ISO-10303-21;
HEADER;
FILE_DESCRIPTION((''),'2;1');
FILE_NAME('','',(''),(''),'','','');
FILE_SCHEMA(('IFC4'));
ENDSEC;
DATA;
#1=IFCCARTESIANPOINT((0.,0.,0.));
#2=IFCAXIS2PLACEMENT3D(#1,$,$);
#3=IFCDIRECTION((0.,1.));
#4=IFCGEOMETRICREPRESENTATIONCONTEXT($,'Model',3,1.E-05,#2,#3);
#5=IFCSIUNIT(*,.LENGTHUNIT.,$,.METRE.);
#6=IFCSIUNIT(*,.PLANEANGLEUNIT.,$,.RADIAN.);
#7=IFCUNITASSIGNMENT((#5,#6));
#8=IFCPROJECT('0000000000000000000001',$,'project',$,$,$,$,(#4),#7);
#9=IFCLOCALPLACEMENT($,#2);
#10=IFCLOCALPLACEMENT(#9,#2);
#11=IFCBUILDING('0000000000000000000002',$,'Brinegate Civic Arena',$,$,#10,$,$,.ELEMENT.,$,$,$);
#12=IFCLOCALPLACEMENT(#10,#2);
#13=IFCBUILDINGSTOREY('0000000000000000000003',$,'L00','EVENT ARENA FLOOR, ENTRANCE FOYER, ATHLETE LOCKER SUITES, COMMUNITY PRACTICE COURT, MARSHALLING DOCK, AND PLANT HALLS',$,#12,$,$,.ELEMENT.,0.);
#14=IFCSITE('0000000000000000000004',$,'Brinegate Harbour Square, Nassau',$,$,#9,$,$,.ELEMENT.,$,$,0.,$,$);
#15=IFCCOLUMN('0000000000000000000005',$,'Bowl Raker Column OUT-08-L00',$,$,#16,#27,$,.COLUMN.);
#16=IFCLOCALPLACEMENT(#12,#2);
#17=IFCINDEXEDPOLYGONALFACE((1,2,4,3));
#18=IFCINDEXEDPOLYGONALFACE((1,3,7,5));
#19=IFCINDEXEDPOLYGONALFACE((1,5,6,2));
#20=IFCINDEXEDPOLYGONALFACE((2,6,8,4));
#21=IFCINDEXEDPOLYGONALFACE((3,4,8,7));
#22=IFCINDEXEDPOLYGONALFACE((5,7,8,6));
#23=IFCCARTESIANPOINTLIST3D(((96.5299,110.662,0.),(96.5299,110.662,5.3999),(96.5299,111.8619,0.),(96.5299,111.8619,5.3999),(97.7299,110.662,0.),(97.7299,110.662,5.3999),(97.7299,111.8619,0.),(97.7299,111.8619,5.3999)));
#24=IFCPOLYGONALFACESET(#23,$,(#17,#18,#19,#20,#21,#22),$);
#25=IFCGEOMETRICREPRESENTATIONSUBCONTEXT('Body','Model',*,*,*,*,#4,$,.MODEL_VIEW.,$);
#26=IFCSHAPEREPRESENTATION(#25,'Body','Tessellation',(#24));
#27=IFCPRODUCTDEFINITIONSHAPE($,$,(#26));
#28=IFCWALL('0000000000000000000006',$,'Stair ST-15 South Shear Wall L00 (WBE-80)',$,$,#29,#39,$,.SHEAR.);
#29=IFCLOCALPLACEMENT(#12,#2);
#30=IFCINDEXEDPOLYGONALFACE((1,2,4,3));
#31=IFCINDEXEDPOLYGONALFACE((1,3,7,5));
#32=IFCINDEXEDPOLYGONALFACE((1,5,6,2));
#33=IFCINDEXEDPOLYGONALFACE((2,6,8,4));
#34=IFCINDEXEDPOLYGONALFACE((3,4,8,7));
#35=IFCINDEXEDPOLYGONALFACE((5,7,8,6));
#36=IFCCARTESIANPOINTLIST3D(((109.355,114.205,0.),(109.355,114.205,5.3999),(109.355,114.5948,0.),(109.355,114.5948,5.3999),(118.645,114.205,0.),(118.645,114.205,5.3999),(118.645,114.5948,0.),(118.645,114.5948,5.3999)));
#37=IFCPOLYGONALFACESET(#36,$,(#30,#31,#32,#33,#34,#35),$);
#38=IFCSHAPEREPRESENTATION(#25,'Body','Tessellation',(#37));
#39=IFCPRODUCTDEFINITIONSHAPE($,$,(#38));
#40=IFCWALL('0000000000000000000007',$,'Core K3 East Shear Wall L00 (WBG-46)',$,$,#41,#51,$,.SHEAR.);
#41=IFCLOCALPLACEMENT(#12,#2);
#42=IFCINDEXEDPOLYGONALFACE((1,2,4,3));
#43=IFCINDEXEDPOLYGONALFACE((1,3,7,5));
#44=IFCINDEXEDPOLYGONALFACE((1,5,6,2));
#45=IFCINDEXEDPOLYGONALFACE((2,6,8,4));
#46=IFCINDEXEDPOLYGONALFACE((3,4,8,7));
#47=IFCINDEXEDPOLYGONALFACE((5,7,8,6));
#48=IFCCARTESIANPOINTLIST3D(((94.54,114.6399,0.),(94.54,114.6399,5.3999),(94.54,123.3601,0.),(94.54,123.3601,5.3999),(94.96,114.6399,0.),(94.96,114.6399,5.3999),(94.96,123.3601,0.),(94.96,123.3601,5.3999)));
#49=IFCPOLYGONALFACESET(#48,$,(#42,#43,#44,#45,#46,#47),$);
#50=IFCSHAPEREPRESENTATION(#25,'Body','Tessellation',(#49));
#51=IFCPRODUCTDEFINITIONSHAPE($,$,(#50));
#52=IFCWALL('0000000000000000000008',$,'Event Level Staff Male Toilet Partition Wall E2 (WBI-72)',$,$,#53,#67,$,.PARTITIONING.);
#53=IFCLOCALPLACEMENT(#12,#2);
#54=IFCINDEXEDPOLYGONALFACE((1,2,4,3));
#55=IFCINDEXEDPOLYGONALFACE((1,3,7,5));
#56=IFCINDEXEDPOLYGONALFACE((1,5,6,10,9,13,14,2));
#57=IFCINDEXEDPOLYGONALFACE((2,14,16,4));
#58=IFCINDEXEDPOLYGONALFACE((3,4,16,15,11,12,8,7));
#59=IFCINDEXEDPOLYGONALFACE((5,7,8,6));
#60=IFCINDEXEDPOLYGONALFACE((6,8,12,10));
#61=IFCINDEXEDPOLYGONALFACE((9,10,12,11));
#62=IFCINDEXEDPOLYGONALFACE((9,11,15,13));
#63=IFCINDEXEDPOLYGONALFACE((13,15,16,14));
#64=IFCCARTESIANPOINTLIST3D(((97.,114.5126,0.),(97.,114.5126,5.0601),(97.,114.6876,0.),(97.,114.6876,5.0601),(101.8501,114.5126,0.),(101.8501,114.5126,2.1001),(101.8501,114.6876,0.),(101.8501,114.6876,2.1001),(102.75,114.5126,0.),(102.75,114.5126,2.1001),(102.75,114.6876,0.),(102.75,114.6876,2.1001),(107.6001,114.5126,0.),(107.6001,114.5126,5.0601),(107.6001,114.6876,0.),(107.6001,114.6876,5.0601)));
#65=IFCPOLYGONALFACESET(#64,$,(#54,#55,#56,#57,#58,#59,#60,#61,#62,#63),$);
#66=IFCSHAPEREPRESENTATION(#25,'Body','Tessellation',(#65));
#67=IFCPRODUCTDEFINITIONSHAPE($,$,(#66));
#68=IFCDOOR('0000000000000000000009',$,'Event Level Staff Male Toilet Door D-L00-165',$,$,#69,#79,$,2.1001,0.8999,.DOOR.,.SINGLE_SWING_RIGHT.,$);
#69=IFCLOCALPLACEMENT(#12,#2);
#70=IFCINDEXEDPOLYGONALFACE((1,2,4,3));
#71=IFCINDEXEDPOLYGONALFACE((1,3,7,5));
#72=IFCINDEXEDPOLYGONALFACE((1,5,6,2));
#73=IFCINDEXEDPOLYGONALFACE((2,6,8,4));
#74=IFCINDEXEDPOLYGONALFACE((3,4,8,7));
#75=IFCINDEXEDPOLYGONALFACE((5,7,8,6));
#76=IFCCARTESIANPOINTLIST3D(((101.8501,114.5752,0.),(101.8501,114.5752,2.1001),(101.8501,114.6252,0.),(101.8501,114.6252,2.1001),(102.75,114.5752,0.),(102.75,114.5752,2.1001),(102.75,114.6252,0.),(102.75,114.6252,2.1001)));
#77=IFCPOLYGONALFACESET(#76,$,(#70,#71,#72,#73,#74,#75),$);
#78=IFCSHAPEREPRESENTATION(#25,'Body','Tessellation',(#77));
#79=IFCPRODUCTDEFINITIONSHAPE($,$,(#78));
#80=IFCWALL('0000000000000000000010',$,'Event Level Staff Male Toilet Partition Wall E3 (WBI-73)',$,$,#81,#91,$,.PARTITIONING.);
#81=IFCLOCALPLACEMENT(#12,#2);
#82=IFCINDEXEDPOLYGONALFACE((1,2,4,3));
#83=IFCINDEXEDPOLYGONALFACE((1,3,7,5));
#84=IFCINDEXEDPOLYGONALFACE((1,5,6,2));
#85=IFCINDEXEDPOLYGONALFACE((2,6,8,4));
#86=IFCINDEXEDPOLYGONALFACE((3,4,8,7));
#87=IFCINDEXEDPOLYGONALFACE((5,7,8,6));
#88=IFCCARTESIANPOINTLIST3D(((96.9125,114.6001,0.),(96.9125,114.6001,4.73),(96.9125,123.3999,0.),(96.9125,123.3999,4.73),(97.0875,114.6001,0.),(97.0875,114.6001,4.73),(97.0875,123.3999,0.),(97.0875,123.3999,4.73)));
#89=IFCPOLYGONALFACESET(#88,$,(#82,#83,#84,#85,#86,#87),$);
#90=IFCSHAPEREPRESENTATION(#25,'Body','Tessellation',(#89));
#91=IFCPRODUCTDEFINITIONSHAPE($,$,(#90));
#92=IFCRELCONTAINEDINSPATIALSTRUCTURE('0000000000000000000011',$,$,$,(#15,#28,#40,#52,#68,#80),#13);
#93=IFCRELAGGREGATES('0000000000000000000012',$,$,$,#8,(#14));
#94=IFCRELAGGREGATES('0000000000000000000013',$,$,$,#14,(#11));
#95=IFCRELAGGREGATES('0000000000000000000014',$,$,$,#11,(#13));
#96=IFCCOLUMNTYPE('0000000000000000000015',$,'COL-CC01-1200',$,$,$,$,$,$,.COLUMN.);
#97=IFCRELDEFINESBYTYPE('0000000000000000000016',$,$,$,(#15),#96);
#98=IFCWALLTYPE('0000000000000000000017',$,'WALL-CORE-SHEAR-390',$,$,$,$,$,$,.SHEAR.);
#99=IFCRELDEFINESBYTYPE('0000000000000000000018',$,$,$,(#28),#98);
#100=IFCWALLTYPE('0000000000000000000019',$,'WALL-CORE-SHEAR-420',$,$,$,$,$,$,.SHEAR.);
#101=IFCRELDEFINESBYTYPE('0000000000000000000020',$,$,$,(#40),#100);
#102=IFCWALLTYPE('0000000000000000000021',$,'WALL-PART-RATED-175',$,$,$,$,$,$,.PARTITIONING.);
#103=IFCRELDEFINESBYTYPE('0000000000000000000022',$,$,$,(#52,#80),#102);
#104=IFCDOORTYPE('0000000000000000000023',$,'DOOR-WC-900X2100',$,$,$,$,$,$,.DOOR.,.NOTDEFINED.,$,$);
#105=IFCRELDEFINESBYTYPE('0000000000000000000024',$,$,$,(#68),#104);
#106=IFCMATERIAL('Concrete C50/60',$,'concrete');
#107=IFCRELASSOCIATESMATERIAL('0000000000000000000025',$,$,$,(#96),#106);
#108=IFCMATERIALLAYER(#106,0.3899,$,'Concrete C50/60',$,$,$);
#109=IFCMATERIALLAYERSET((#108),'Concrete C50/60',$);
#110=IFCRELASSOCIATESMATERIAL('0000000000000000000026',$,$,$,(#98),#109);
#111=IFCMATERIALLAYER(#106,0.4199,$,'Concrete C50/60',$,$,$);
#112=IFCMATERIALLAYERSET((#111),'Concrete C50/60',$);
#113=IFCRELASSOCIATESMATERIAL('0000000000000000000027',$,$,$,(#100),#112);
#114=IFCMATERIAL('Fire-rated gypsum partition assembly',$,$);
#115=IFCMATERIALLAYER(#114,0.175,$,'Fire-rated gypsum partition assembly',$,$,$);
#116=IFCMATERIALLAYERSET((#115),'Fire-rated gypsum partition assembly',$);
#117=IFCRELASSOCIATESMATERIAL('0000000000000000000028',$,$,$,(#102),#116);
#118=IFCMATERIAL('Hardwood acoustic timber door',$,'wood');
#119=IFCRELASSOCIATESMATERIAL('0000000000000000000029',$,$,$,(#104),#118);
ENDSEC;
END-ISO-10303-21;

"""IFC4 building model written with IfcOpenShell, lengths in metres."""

from ifc_helpers import new_model, si_unit, direction, frame, frame_2d, origin, origin_2d, place, context, subcontext, project, spatial, rectangle, extrude, material, layer, layer_set, material_profile, profile_set, type_object, element, fill, save


model = new_model("IFC4")

# Units and contexts
model_context = context("Model", 3, precision=1e-05, world=origin(), true_north=direction((0.0, 1.0)))
body_context = subcontext(model_context, "Body", "Model", "MODEL_VIEW")
ifc_project = project(units=[si_unit("LENGTHUNIT", "METRE"), si_unit("PLANEANGLEUNIT", "RADIAN")], contexts=[model_context])

# Site, building, storey
site_placement = place(None, origin())
site = spatial("IfcSite", under=ifc_project, at=site_placement, Name="Brinegate Harbour Square, Nassau", CompositionType="ELEMENT", RefElevation=0.0)
building_placement = place(site_placement, origin())
building = spatial("IfcBuilding", under=site, at=building_placement, Name="Brinegate Civic Arena", CompositionType="ELEMENT")
storey_placement = place(building_placement, origin())
storey = spatial("IfcBuildingStorey", under=building, at=storey_placement, Name="L00", Description="EVENT ARENA FLOOR, ENTRANCE FOYER, ATHLETE LOCKER SUITES, COMMUNITY PRACTICE COURT, MARSHALLING DOCK, AND PLANT HALLS", CompositionType="ELEMENT", Elevation=0.0)

# Column
ifc_material_1 = material(Name="Concrete C50/60", Category="concrete")
ifc_material_profile_1 = material_profile(ifc_material_1, rectangle(XDim=1.2, YDim=1.2, at=origin_2d()), Name="RC1200X1200")
ifc_profile_set_1 = profile_set([ifc_material_profile_1], Name="Concrete C50/60")
column_type = type_object("IfcColumnType", Name="COL-CC01-1200", PredefinedType="COLUMN", material=ifc_profile_set_1)
for number, where, z_axis, x_axis, name in (
    (1, (97.1299, 111.262, 0.0), (0.0, 0.0, 1.0), (1.0, 0.0, 0.0), "Bowl Raker Column OUT-08-L00"),
):
    element("IfcColumn", number, at=place(storey_placement, frame(where, z_axis=z_axis, x_axis=x_axis)), inside=storey, type_object=column_type, Name=name, PredefinedType="COLUMN", context=body_context, shape_type="SweptSolid", body=[
        extrude(rectangle(XDim=1.2, YDim=1.2, at=origin_2d()), origin(), (0.0, 0.0, 1.0), 5.3999),
    ])

# Walls
ifc_layer_1 = layer(ifc_material_1, 0.3899, Name="Concrete C50/60")
ifc_layer_set_1 = layer_set([ifc_layer_1], Name="Concrete C50/60")
wall_type_1 = type_object("IfcWallType", Name="WALL-CORE-SHEAR-390", PredefinedType="SHEAR", material=ifc_layer_set_1)
wall_1_placement = place(storey_placement, frame((109.355, 114.3999, 0.0), z_axis=(0.0, 0.0, 1.0), x_axis=(1.0, 0.0, 0.0)))
element("IfcWall", 2, at=wall_1_placement, inside=storey, type_object=wall_type_1, Name="Stair ST-15 South Shear Wall L00 (WBE-80)", PredefinedType="SHEAR", context=body_context, shape_type="SweptSolid", body=[
    extrude(rectangle(XDim=9.29, YDim=0.3899, at=frame_2d((4.645, 0.0))), origin(), (0.0, 0.0, 1.0), 5.3999),
])
ifc_layer_2 = layer(ifc_material_1, 0.4199, Name="Concrete C50/60")
ifc_layer_set_2 = layer_set([ifc_layer_2], Name="Concrete C50/60")
wall_type_2 = type_object("IfcWallType", Name="WALL-CORE-SHEAR-420", PredefinedType="SHEAR", material=ifc_layer_set_2)
wall_2_placement = place(storey_placement, frame((94.75, 114.6399, 0.0), z_axis=(0.0, 0.0, 1.0), x_axis=(0.0, 1.0, 0.0)))
element("IfcWall", 3, at=wall_2_placement, inside=storey, type_object=wall_type_2, Name="Core K3 East Shear Wall L00 (WBG-46)", PredefinedType="SHEAR", context=body_context, shape_type="SweptSolid", body=[
    extrude(rectangle(XDim=8.7202, YDim=0.4199, at=frame_2d((4.3601, 0.0))), origin(), (0.0, 0.0, 1.0), 5.3999),
])

# Wall, opening, door
ifc_material_2 = material(Name="Fire-rated gypsum partition assembly")
ifc_layer_3 = layer(ifc_material_2, 0.175, Name="Fire-rated gypsum partition assembly")
ifc_layer_set_3 = layer_set([ifc_layer_3], Name="Fire-rated gypsum partition assembly")
wall_type_3 = type_object("IfcWallType", Name="WALL-PART-RATED-175", PredefinedType="PARTITIONING", material=ifc_layer_set_3)
wall_3_placement = place(storey_placement, frame((107.6001, 114.6001, 0.0), z_axis=(0.0, 0.0, 1.0), x_axis=(-1.0, 0.0, 0.0)))
wall_3 = element("IfcWall", 4, at=wall_3_placement, inside=storey, type_object=wall_type_3, Name="Event Level Staff Male Toilet Partition Wall E2 (WBI-72)", PredefinedType="PARTITIONING", context=body_context, shape_type="SweptSolid", body=[
    extrude(rectangle(XDim=10.6001, YDim=0.175, at=frame_2d((5.3, 0.0))), origin(), (0.0, 0.0, 1.0), 5.0601),
])
opening_placement = place(wall_3_placement, frame((4.8501, 0.0, 0.0)))
opening = element("IfcOpeningElement", 5, at=opening_placement, cuts=wall_3, PredefinedType="OPENING", context=body_context, shape_type="SweptSolid", body=[
    extrude(rectangle(XDim=0.8999, YDim=2.1001, at=frame_2d((0.45, 1.05))), frame((0.0, 0.0974, 0.0), z_axis=(0.0, -1.0, 0.0), x_axis=(1.0, 0.0, 0.0)), (0.0, 0.0, 1.0), 0.1951),
])
ifc_material_3 = material(Name="Hardwood acoustic timber door", Category="wood")
door_type = type_object("IfcDoorType", Name="DOOR-WC-900X2100", OperationType="NOTDEFINED", PredefinedType="DOOR", material=ifc_material_3)
door_placement = place(opening_placement, origin())
door = element("IfcDoor", 6, at=door_placement, inside=storey, type_object=door_type, Name="Event Level Staff Male Toilet Door D-L00-165", OperationType="SINGLE_SWING_RIGHT", OverallHeight=2.1001, OverallWidth=0.8999, PredefinedType="DOOR", context=body_context, shape_type="SweptSolid", body=[
    extrude(rectangle(XDim=0.8999, YDim=2.1001, at=frame_2d((0.45, 1.05))), frame((0.0, 0.0249, 0.0), z_axis=(0.0, -1.0, 0.0), x_axis=(1.0, 0.0, 0.0)), (0.0, 0.0, 1.0), 0.05),
])
fill(opening, door)

# Wall
wall_4_placement = place(storey_placement, frame((97.0, 114.6001, 0.0), z_axis=(0.0, 0.0, 1.0), x_axis=(0.0, 1.0, 0.0)))
element("IfcWall", 7, at=wall_4_placement, inside=storey, type_object=wall_type_3, Name="Event Level Staff Male Toilet Partition Wall E3 (WBI-73)", PredefinedType="PARTITIONING", context=body_context, shape_type="SweptSolid", body=[
    extrude(rectangle(XDim=8.7998, YDim=0.175, at=frame_2d((4.3999, 0.0))), origin(), (0.0, 0.0, 1.0), 4.73),
])

save(model, "model.ifc")
